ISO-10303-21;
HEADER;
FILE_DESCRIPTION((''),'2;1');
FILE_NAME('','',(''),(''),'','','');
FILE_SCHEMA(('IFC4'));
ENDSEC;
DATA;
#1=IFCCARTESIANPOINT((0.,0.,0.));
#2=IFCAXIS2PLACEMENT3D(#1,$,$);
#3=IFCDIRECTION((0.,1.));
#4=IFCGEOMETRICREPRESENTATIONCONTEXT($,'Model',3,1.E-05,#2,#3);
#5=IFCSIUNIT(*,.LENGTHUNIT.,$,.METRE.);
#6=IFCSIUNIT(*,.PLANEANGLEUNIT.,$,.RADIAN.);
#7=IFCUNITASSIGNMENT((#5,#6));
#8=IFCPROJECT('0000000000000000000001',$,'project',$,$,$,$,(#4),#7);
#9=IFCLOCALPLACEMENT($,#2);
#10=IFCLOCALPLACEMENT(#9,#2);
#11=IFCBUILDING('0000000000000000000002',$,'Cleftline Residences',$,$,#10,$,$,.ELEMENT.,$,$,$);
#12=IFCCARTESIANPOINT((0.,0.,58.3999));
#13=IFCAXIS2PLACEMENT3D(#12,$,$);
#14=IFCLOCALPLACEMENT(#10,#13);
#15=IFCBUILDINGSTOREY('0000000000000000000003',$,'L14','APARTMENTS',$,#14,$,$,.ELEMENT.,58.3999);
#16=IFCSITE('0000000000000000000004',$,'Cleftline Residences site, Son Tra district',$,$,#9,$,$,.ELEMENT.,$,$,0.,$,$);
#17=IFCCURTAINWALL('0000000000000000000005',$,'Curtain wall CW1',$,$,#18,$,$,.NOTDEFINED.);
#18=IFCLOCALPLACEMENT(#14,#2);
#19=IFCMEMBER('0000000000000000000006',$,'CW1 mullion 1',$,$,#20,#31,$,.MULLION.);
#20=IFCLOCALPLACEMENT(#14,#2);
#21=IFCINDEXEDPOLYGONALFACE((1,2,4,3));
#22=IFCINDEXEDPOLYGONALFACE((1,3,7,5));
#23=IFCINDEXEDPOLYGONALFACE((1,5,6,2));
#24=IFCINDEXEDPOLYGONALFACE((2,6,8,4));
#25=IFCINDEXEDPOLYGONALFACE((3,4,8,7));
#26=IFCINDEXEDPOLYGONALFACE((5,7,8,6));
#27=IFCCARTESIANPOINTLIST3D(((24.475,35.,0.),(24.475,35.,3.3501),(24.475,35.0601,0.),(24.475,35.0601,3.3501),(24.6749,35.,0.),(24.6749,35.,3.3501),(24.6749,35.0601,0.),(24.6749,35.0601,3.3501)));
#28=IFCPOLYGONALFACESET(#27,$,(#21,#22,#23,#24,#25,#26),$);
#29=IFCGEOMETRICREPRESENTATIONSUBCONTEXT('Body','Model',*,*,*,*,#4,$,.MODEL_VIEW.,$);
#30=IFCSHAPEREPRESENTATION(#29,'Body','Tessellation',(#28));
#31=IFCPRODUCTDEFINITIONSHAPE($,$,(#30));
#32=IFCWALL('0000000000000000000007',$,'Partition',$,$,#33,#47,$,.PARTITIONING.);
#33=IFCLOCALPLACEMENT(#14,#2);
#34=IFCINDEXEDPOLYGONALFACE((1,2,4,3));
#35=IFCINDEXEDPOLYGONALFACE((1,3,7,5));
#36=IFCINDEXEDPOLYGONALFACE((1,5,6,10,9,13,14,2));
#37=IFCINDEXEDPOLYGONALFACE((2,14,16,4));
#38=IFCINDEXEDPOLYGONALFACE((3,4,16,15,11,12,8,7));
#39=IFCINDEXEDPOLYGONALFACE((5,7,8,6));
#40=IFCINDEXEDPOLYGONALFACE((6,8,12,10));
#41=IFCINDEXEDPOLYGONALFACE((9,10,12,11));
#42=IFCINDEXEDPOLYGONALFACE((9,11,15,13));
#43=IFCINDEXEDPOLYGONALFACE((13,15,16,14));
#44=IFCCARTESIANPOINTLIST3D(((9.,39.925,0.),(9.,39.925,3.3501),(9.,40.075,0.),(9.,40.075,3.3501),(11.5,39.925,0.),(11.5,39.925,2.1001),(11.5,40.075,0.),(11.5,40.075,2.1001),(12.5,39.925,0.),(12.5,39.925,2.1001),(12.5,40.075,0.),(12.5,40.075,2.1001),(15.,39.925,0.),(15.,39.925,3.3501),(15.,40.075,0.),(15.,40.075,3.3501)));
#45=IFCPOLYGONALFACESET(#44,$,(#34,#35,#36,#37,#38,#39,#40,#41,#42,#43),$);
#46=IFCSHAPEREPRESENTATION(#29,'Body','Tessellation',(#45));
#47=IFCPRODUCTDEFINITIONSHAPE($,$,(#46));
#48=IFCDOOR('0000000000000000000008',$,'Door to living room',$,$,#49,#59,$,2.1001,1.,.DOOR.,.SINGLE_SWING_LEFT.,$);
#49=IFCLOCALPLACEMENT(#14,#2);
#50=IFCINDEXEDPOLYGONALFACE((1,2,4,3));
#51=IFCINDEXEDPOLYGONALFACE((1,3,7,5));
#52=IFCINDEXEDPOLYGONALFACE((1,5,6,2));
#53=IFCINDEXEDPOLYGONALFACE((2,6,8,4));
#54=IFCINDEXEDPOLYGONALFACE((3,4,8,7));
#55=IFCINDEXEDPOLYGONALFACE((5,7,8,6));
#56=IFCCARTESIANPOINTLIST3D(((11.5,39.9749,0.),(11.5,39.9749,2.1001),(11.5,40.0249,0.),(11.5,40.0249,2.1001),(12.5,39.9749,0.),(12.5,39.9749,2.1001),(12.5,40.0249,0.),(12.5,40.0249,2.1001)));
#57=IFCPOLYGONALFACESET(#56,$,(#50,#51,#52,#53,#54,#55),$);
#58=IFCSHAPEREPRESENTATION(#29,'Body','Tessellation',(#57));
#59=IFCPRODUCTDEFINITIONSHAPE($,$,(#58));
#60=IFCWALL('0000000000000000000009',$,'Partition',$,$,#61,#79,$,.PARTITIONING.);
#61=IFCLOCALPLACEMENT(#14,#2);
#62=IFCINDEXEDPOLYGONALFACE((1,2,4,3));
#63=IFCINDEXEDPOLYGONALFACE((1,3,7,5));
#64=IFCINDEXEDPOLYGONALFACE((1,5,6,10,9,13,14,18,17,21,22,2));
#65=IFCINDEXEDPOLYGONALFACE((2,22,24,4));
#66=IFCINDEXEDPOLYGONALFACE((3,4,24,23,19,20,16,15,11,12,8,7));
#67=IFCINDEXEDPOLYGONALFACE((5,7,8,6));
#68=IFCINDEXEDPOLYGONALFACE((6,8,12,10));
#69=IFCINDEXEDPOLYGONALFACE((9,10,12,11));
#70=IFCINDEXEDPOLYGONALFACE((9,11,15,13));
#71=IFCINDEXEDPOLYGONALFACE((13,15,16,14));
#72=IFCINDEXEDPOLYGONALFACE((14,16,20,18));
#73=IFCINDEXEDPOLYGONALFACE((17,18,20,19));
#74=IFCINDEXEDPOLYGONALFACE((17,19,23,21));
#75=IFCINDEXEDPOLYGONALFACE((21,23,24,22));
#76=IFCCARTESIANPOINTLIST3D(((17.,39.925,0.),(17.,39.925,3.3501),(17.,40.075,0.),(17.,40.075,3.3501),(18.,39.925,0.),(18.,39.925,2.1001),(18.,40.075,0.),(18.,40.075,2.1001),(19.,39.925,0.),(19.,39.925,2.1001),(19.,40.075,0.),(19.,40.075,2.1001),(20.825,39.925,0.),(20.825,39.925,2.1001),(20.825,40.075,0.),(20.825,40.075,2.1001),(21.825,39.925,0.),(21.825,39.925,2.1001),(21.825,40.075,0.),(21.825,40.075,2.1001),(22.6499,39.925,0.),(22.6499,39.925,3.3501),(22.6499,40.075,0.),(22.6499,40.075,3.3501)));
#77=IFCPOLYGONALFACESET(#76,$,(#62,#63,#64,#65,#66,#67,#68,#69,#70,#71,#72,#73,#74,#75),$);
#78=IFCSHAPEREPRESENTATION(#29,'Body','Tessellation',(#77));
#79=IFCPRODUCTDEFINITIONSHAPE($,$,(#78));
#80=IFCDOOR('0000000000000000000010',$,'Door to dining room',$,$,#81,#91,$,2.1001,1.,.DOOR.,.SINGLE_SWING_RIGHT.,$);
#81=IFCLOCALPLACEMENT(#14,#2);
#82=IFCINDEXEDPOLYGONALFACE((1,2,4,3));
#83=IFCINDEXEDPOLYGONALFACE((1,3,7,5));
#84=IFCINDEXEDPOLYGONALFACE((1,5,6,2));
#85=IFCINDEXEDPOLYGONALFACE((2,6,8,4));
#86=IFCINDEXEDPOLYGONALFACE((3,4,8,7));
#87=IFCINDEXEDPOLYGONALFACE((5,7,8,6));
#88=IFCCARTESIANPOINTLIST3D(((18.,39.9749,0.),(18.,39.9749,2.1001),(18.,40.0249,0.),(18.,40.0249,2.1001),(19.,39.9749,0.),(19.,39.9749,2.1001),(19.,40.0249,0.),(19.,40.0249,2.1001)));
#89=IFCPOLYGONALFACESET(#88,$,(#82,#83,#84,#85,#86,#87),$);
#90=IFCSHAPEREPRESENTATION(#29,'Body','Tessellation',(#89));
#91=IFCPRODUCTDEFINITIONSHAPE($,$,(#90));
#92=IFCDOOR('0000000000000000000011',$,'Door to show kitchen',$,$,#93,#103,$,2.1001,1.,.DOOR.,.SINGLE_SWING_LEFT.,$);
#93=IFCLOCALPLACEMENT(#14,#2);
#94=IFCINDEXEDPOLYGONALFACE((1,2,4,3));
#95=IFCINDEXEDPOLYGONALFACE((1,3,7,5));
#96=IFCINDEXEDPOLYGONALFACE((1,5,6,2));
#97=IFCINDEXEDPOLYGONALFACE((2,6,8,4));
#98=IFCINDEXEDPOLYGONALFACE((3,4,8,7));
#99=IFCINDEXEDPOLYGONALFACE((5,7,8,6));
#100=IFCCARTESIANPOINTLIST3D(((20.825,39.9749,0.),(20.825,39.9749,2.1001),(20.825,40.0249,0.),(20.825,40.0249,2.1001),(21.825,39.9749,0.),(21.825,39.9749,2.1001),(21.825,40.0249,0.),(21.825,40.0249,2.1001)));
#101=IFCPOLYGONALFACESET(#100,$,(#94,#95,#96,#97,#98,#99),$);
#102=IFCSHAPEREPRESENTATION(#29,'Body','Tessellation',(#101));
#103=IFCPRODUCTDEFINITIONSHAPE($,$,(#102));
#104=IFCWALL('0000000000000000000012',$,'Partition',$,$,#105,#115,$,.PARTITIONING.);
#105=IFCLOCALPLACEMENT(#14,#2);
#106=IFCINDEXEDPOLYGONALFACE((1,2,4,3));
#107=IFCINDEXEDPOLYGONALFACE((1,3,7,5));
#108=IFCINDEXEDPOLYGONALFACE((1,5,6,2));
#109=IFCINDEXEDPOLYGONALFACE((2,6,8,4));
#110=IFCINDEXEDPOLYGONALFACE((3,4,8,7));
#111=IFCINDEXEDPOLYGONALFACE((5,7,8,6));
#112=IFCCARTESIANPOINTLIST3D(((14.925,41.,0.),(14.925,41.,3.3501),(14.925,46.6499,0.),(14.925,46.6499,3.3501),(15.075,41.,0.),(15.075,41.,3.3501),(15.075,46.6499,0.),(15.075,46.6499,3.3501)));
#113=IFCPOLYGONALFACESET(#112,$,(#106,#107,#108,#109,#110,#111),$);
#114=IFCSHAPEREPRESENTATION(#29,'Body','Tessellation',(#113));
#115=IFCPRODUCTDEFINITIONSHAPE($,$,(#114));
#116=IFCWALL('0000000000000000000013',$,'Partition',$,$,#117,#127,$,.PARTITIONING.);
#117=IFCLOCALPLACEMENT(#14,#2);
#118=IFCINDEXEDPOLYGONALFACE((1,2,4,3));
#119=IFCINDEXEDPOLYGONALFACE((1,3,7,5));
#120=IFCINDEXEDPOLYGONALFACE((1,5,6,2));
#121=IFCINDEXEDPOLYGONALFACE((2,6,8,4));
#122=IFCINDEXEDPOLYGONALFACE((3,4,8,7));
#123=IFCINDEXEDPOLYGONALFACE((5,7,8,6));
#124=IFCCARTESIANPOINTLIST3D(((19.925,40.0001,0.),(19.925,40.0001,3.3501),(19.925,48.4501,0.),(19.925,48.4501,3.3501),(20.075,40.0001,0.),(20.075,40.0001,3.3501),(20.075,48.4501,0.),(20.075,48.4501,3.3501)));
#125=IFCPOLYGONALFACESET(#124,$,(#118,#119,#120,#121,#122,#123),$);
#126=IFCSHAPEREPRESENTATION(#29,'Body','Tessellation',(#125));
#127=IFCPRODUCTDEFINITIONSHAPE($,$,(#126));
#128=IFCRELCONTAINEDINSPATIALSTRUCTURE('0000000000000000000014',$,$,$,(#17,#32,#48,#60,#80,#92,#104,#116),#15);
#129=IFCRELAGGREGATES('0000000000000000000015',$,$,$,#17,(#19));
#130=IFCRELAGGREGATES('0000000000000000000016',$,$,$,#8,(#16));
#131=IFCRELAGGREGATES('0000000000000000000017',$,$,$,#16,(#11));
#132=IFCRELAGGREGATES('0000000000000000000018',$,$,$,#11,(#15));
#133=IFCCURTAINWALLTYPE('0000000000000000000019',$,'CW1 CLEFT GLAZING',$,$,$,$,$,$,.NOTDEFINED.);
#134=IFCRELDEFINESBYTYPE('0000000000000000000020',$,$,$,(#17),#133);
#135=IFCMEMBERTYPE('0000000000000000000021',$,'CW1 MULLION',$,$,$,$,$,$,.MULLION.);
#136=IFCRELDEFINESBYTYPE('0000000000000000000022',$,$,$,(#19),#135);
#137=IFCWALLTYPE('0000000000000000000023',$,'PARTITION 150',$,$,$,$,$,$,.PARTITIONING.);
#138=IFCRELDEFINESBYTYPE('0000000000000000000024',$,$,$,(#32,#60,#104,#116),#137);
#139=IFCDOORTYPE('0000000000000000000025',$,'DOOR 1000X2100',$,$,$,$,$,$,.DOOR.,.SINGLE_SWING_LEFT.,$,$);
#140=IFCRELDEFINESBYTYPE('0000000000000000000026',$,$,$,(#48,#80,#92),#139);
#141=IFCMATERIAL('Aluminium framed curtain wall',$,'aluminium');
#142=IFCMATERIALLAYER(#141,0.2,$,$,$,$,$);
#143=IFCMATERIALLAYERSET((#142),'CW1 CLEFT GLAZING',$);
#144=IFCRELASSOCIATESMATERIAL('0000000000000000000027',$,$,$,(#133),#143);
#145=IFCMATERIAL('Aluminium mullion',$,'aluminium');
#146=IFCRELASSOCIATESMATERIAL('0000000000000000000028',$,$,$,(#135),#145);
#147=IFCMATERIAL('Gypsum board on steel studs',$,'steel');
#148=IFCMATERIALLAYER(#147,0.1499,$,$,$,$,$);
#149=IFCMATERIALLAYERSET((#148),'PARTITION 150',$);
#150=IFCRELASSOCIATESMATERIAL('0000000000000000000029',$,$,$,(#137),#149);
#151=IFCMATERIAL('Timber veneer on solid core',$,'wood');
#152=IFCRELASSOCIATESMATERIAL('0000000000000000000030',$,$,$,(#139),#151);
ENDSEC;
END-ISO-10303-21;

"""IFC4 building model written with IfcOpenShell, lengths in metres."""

from ifc_helpers import new_model, si_unit, direction, frame, frame_2d, origin, origin_2d, place, context, subcontext, project, spatial, rectangle, extrude, material, layer, layer_set, material_profile, profile_set, type_object, element, fill, aggregate, save


model = new_model("IFC4")

# Units and contexts
model_context = context("Model", 3, precision=1e-05, world=origin(), true_north=direction((0.0, 1.0)))
body_context = subcontext(model_context, "Body", "Model", "MODEL_VIEW")
ifc_project = project(units=[si_unit("LENGTHUNIT", "METRE"), si_unit("PLANEANGLEUNIT", "RADIAN")], contexts=[model_context])

# Site, building, storey
site_placement = place(None, origin())
site = spatial("IfcSite", under=ifc_project, at=site_placement, Name="Cleftline Residences site, Son Tra district", CompositionType="ELEMENT", RefElevation=0.0)
building_placement = place(site_placement, origin())
building = spatial("IfcBuilding", under=site, at=building_placement, Name="Cleftline Residences", CompositionType="ELEMENT")
storey_placement = place(building_placement, frame((0.0, 0.0, 58.3999)))
storey = spatial("IfcBuildingStorey", under=building, at=storey_placement, Name="L14", Description="APARTMENTS", CompositionType="ELEMENT", Elevation=58.3999)

# Curtain wall, member
ifc_material_1 = material(Name="Aluminium framed curtain wall", Category="aluminium")
ifc_layer_1 = layer(ifc_material_1, 0.2)
ifc_layer_set_1 = layer_set([ifc_layer_1], Name="CW1 CLEFT GLAZING")
curtain_wall_type = type_object("IfcCurtainWallType", Name="CW1 CLEFT GLAZING", PredefinedType="NOTDEFINED", material=ifc_layer_set_1)
curtain_wall_placement = place(storey_placement, origin())
curtain_wall = element("IfcCurtainWall", 1, at=curtain_wall_placement, inside=storey, type_object=curtain_wall_type, Name="Curtain wall CW1", PredefinedType="NOTDEFINED")
ifc_material_2 = material(Name="Aluminium mullion", Category="aluminium")
ifc_material_profile_1 = material_profile(ifc_material_2, rectangle(XDim=0.2, YDim=0.0601, at=origin_2d()))
ifc_profile_set_1 = profile_set([ifc_material_profile_1], Name="Aluminium mullion")
member_type = type_object("IfcMemberType", Name="CW1 MULLION", PredefinedType="MULLION", material=ifc_profile_set_1)
member_placement = place(storey_placement, frame((24.575, 35.03, 0.0), z_axis=(0.0, 0.0, 1.0), x_axis=(-1.0, 0.0, 0.0)))
member = element("IfcMember", 2, at=member_placement, type_object=member_type, Name="CW1 mullion 1", PredefinedType="MULLION", context=body_context, shape_type="SweptSolid", body=[
    extrude(rectangle(XDim=0.2, YDim=0.0601, at=origin_2d()), origin(), (0.0, 0.0, 1.0), 3.3501),
])
aggregate(curtain_wall, [member])

# Wall, opening, door
ifc_material_3 = material(Name="Gypsum board on steel studs", Category="steel")
ifc_layer_2 = layer(ifc_material_3, 0.1499)
ifc_layer_set_2 = layer_set([ifc_layer_2], Name="PARTITION 150")
wall_type = type_object("IfcWallType", Name="PARTITION 150", PredefinedType="PARTITIONING", material=ifc_layer_set_2)
wall_1_placement = place(storey_placement, frame((9.0, 40.0, 0.0), z_axis=(0.0, 0.0, 1.0), x_axis=(1.0, 0.0, 0.0)))
wall_1 = element("IfcWall", 3, at=wall_1_placement, inside=storey, type_object=wall_type, Name="Partition", PredefinedType="PARTITIONING", context=body_context, shape_type="SweptSolid", body=[
    extrude(rectangle(XDim=6.0, YDim=0.1499, at=frame_2d((3.0, 0.0))), origin(), (0.0, 0.0, 1.0), 3.3501),
])
opening_1_placement = place(wall_1_placement, frame((2.5, 0.0, 0.0)))
opening_1 = element("IfcOpeningElement", 4, at=opening_1_placement, cuts=wall_1, PredefinedType="OPENING", context=body_context, shape_type="SweptSolid", body=[
    extrude(rectangle(XDim=1.0, YDim=2.1001, at=frame_2d((0.5, 1.05))), frame((0.0, 0.085, 0.0), z_axis=(0.0, -1.0, 0.0), x_axis=(1.0, 0.0, 0.0)), (0.0, 0.0, 1.0), 0.1699),
])
ifc_material_4 = material(Name="Timber veneer on solid core", Category="wood")
door_type = type_object("IfcDoorType", Name="DOOR 1000X2100", OperationType="SINGLE_SWING_LEFT", PredefinedType="DOOR", material=ifc_material_4)
door_1_placement = place(opening_1_placement, origin())
door_1 = element("IfcDoor", 5, at=door_1_placement, inside=storey, type_object=door_type, Name="Door to living room", OperationType="SINGLE_SWING_LEFT", OverallHeight=2.1001, OverallWidth=1.0, PredefinedType="DOOR", context=body_context, shape_type="SweptSolid", body=[
    extrude(rectangle(XDim=1.0, YDim=2.1001, at=frame_2d((0.5, 1.05))), frame((0.0, 0.0249, 0.0), z_axis=(0.0, -1.0, 0.0), x_axis=(1.0, 0.0, 0.0)), (0.0, 0.0, 1.0), 0.05),
])
fill(opening_1, door_1)

# Wall, openings, doors
wall_2_placement = place(storey_placement, frame((17.0, 40.0, 0.0), z_axis=(0.0, 0.0, 1.0), x_axis=(1.0, 0.0, 0.0)))
wall_2 = element("IfcWall", 6, at=wall_2_placement, inside=storey, type_object=wall_type, Name="Partition", PredefinedType="PARTITIONING", context=body_context, shape_type="SweptSolid", body=[
    extrude(rectangle(XDim=5.6499, YDim=0.1499, at=frame_2d((2.825, 0.0))), origin(), (0.0, 0.0, 1.0), 3.3501),
])
opening_2_placement = place(wall_2_placement, frame((1.0, 0.0, 0.0)))
opening_2 = element("IfcOpeningElement", 7, at=opening_2_placement, cuts=wall_2, PredefinedType="OPENING", context=body_context, shape_type="SweptSolid", body=[
    extrude(rectangle(XDim=1.0, YDim=2.1001, at=frame_2d((0.5, 1.05))), frame((0.0, 0.085, 0.0), z_axis=(0.0, -1.0, 0.0), x_axis=(1.0, 0.0, 0.0)), (0.0, 0.0, 1.0), 0.1699),
])
opening_3_placement = place(wall_2_placement, frame((3.825, 0.0, 0.0)))
opening_3 = element("IfcOpeningElement", 8, at=opening_3_placement, cuts=wall_2, PredefinedType="OPENING", context=body_context, shape_type="SweptSolid", body=[
    extrude(rectangle(XDim=1.0, YDim=2.1001, at=frame_2d((0.5, 1.05))), frame((0.0, 0.085, 0.0), z_axis=(0.0, -1.0, 0.0), x_axis=(1.0, 0.0, 0.0)), (0.0, 0.0, 1.0), 0.1699),
])
door_2_placement = place(opening_2_placement, origin())
door_2 = element("IfcDoor", 9, at=door_2_placement, inside=storey, type_object=door_type, Name="Door to dining room", OperationType="SINGLE_SWING_RIGHT", OverallHeight=2.1001, OverallWidth=1.0, PredefinedType="DOOR", context=body_context, shape_type="SweptSolid", body=[
    extrude(rectangle(XDim=1.0, YDim=2.1001, at=frame_2d((0.5, 1.05))), frame((0.0, 0.0249, 0.0), z_axis=(0.0, -1.0, 0.0), x_axis=(1.0, 0.0, 0.0)), (0.0, 0.0, 1.0), 0.05),
])
fill(opening_2, door_2)
door_3_placement = place(opening_3_placement, origin())
door_3 = element("IfcDoor", 10, at=door_3_placement, inside=storey, type_object=door_type, Name="Door to show kitchen", OperationType="SINGLE_SWING_LEFT", OverallHeight=2.1001, OverallWidth=1.0, PredefinedType="DOOR", context=body_context, shape_type="SweptSolid", body=[
    extrude(rectangle(XDim=1.0, YDim=2.1001, at=frame_2d((0.5, 1.05))), frame((0.0, 0.0249, 0.0), z_axis=(0.0, -1.0, 0.0), x_axis=(1.0, 0.0, 0.0)), (0.0, 0.0, 1.0), 0.05),
])
fill(opening_3, door_3)

# Walls
wall_3_placement = place(storey_placement, frame((15.0, 41.0, 0.0), z_axis=(0.0, 0.0, 1.0), x_axis=(0.0, 1.0, 0.0)))
element("IfcWall", 11, at=wall_3_placement, inside=storey, type_object=wall_type, Name="Partition", PredefinedType="PARTITIONING", context=body_context, shape_type="SweptSolid", body=[
    extrude(rectangle(XDim=5.6499, YDim=0.1499, at=frame_2d((2.825, 0.0))), origin(), (0.0, 0.0, 1.0), 3.3501),
])
wall_4_placement = place(storey_placement, frame((20.0, 40.0, 0.0), z_axis=(0.0, 0.0, 1.0), x_axis=(0.0, 1.0, 0.0)))
element("IfcWall", 12, at=wall_4_placement, inside=storey, type_object=wall_type, Name="Partition", PredefinedType="PARTITIONING", context=body_context, shape_type="SweptSolid", body=[
    extrude(rectangle(XDim=8.45, YDim=0.1499, at=frame_2d((4.2251, 0.0))), origin(), (0.0, 0.0, 1.0), 3.3501),
])

save(model, "model.ifc")
